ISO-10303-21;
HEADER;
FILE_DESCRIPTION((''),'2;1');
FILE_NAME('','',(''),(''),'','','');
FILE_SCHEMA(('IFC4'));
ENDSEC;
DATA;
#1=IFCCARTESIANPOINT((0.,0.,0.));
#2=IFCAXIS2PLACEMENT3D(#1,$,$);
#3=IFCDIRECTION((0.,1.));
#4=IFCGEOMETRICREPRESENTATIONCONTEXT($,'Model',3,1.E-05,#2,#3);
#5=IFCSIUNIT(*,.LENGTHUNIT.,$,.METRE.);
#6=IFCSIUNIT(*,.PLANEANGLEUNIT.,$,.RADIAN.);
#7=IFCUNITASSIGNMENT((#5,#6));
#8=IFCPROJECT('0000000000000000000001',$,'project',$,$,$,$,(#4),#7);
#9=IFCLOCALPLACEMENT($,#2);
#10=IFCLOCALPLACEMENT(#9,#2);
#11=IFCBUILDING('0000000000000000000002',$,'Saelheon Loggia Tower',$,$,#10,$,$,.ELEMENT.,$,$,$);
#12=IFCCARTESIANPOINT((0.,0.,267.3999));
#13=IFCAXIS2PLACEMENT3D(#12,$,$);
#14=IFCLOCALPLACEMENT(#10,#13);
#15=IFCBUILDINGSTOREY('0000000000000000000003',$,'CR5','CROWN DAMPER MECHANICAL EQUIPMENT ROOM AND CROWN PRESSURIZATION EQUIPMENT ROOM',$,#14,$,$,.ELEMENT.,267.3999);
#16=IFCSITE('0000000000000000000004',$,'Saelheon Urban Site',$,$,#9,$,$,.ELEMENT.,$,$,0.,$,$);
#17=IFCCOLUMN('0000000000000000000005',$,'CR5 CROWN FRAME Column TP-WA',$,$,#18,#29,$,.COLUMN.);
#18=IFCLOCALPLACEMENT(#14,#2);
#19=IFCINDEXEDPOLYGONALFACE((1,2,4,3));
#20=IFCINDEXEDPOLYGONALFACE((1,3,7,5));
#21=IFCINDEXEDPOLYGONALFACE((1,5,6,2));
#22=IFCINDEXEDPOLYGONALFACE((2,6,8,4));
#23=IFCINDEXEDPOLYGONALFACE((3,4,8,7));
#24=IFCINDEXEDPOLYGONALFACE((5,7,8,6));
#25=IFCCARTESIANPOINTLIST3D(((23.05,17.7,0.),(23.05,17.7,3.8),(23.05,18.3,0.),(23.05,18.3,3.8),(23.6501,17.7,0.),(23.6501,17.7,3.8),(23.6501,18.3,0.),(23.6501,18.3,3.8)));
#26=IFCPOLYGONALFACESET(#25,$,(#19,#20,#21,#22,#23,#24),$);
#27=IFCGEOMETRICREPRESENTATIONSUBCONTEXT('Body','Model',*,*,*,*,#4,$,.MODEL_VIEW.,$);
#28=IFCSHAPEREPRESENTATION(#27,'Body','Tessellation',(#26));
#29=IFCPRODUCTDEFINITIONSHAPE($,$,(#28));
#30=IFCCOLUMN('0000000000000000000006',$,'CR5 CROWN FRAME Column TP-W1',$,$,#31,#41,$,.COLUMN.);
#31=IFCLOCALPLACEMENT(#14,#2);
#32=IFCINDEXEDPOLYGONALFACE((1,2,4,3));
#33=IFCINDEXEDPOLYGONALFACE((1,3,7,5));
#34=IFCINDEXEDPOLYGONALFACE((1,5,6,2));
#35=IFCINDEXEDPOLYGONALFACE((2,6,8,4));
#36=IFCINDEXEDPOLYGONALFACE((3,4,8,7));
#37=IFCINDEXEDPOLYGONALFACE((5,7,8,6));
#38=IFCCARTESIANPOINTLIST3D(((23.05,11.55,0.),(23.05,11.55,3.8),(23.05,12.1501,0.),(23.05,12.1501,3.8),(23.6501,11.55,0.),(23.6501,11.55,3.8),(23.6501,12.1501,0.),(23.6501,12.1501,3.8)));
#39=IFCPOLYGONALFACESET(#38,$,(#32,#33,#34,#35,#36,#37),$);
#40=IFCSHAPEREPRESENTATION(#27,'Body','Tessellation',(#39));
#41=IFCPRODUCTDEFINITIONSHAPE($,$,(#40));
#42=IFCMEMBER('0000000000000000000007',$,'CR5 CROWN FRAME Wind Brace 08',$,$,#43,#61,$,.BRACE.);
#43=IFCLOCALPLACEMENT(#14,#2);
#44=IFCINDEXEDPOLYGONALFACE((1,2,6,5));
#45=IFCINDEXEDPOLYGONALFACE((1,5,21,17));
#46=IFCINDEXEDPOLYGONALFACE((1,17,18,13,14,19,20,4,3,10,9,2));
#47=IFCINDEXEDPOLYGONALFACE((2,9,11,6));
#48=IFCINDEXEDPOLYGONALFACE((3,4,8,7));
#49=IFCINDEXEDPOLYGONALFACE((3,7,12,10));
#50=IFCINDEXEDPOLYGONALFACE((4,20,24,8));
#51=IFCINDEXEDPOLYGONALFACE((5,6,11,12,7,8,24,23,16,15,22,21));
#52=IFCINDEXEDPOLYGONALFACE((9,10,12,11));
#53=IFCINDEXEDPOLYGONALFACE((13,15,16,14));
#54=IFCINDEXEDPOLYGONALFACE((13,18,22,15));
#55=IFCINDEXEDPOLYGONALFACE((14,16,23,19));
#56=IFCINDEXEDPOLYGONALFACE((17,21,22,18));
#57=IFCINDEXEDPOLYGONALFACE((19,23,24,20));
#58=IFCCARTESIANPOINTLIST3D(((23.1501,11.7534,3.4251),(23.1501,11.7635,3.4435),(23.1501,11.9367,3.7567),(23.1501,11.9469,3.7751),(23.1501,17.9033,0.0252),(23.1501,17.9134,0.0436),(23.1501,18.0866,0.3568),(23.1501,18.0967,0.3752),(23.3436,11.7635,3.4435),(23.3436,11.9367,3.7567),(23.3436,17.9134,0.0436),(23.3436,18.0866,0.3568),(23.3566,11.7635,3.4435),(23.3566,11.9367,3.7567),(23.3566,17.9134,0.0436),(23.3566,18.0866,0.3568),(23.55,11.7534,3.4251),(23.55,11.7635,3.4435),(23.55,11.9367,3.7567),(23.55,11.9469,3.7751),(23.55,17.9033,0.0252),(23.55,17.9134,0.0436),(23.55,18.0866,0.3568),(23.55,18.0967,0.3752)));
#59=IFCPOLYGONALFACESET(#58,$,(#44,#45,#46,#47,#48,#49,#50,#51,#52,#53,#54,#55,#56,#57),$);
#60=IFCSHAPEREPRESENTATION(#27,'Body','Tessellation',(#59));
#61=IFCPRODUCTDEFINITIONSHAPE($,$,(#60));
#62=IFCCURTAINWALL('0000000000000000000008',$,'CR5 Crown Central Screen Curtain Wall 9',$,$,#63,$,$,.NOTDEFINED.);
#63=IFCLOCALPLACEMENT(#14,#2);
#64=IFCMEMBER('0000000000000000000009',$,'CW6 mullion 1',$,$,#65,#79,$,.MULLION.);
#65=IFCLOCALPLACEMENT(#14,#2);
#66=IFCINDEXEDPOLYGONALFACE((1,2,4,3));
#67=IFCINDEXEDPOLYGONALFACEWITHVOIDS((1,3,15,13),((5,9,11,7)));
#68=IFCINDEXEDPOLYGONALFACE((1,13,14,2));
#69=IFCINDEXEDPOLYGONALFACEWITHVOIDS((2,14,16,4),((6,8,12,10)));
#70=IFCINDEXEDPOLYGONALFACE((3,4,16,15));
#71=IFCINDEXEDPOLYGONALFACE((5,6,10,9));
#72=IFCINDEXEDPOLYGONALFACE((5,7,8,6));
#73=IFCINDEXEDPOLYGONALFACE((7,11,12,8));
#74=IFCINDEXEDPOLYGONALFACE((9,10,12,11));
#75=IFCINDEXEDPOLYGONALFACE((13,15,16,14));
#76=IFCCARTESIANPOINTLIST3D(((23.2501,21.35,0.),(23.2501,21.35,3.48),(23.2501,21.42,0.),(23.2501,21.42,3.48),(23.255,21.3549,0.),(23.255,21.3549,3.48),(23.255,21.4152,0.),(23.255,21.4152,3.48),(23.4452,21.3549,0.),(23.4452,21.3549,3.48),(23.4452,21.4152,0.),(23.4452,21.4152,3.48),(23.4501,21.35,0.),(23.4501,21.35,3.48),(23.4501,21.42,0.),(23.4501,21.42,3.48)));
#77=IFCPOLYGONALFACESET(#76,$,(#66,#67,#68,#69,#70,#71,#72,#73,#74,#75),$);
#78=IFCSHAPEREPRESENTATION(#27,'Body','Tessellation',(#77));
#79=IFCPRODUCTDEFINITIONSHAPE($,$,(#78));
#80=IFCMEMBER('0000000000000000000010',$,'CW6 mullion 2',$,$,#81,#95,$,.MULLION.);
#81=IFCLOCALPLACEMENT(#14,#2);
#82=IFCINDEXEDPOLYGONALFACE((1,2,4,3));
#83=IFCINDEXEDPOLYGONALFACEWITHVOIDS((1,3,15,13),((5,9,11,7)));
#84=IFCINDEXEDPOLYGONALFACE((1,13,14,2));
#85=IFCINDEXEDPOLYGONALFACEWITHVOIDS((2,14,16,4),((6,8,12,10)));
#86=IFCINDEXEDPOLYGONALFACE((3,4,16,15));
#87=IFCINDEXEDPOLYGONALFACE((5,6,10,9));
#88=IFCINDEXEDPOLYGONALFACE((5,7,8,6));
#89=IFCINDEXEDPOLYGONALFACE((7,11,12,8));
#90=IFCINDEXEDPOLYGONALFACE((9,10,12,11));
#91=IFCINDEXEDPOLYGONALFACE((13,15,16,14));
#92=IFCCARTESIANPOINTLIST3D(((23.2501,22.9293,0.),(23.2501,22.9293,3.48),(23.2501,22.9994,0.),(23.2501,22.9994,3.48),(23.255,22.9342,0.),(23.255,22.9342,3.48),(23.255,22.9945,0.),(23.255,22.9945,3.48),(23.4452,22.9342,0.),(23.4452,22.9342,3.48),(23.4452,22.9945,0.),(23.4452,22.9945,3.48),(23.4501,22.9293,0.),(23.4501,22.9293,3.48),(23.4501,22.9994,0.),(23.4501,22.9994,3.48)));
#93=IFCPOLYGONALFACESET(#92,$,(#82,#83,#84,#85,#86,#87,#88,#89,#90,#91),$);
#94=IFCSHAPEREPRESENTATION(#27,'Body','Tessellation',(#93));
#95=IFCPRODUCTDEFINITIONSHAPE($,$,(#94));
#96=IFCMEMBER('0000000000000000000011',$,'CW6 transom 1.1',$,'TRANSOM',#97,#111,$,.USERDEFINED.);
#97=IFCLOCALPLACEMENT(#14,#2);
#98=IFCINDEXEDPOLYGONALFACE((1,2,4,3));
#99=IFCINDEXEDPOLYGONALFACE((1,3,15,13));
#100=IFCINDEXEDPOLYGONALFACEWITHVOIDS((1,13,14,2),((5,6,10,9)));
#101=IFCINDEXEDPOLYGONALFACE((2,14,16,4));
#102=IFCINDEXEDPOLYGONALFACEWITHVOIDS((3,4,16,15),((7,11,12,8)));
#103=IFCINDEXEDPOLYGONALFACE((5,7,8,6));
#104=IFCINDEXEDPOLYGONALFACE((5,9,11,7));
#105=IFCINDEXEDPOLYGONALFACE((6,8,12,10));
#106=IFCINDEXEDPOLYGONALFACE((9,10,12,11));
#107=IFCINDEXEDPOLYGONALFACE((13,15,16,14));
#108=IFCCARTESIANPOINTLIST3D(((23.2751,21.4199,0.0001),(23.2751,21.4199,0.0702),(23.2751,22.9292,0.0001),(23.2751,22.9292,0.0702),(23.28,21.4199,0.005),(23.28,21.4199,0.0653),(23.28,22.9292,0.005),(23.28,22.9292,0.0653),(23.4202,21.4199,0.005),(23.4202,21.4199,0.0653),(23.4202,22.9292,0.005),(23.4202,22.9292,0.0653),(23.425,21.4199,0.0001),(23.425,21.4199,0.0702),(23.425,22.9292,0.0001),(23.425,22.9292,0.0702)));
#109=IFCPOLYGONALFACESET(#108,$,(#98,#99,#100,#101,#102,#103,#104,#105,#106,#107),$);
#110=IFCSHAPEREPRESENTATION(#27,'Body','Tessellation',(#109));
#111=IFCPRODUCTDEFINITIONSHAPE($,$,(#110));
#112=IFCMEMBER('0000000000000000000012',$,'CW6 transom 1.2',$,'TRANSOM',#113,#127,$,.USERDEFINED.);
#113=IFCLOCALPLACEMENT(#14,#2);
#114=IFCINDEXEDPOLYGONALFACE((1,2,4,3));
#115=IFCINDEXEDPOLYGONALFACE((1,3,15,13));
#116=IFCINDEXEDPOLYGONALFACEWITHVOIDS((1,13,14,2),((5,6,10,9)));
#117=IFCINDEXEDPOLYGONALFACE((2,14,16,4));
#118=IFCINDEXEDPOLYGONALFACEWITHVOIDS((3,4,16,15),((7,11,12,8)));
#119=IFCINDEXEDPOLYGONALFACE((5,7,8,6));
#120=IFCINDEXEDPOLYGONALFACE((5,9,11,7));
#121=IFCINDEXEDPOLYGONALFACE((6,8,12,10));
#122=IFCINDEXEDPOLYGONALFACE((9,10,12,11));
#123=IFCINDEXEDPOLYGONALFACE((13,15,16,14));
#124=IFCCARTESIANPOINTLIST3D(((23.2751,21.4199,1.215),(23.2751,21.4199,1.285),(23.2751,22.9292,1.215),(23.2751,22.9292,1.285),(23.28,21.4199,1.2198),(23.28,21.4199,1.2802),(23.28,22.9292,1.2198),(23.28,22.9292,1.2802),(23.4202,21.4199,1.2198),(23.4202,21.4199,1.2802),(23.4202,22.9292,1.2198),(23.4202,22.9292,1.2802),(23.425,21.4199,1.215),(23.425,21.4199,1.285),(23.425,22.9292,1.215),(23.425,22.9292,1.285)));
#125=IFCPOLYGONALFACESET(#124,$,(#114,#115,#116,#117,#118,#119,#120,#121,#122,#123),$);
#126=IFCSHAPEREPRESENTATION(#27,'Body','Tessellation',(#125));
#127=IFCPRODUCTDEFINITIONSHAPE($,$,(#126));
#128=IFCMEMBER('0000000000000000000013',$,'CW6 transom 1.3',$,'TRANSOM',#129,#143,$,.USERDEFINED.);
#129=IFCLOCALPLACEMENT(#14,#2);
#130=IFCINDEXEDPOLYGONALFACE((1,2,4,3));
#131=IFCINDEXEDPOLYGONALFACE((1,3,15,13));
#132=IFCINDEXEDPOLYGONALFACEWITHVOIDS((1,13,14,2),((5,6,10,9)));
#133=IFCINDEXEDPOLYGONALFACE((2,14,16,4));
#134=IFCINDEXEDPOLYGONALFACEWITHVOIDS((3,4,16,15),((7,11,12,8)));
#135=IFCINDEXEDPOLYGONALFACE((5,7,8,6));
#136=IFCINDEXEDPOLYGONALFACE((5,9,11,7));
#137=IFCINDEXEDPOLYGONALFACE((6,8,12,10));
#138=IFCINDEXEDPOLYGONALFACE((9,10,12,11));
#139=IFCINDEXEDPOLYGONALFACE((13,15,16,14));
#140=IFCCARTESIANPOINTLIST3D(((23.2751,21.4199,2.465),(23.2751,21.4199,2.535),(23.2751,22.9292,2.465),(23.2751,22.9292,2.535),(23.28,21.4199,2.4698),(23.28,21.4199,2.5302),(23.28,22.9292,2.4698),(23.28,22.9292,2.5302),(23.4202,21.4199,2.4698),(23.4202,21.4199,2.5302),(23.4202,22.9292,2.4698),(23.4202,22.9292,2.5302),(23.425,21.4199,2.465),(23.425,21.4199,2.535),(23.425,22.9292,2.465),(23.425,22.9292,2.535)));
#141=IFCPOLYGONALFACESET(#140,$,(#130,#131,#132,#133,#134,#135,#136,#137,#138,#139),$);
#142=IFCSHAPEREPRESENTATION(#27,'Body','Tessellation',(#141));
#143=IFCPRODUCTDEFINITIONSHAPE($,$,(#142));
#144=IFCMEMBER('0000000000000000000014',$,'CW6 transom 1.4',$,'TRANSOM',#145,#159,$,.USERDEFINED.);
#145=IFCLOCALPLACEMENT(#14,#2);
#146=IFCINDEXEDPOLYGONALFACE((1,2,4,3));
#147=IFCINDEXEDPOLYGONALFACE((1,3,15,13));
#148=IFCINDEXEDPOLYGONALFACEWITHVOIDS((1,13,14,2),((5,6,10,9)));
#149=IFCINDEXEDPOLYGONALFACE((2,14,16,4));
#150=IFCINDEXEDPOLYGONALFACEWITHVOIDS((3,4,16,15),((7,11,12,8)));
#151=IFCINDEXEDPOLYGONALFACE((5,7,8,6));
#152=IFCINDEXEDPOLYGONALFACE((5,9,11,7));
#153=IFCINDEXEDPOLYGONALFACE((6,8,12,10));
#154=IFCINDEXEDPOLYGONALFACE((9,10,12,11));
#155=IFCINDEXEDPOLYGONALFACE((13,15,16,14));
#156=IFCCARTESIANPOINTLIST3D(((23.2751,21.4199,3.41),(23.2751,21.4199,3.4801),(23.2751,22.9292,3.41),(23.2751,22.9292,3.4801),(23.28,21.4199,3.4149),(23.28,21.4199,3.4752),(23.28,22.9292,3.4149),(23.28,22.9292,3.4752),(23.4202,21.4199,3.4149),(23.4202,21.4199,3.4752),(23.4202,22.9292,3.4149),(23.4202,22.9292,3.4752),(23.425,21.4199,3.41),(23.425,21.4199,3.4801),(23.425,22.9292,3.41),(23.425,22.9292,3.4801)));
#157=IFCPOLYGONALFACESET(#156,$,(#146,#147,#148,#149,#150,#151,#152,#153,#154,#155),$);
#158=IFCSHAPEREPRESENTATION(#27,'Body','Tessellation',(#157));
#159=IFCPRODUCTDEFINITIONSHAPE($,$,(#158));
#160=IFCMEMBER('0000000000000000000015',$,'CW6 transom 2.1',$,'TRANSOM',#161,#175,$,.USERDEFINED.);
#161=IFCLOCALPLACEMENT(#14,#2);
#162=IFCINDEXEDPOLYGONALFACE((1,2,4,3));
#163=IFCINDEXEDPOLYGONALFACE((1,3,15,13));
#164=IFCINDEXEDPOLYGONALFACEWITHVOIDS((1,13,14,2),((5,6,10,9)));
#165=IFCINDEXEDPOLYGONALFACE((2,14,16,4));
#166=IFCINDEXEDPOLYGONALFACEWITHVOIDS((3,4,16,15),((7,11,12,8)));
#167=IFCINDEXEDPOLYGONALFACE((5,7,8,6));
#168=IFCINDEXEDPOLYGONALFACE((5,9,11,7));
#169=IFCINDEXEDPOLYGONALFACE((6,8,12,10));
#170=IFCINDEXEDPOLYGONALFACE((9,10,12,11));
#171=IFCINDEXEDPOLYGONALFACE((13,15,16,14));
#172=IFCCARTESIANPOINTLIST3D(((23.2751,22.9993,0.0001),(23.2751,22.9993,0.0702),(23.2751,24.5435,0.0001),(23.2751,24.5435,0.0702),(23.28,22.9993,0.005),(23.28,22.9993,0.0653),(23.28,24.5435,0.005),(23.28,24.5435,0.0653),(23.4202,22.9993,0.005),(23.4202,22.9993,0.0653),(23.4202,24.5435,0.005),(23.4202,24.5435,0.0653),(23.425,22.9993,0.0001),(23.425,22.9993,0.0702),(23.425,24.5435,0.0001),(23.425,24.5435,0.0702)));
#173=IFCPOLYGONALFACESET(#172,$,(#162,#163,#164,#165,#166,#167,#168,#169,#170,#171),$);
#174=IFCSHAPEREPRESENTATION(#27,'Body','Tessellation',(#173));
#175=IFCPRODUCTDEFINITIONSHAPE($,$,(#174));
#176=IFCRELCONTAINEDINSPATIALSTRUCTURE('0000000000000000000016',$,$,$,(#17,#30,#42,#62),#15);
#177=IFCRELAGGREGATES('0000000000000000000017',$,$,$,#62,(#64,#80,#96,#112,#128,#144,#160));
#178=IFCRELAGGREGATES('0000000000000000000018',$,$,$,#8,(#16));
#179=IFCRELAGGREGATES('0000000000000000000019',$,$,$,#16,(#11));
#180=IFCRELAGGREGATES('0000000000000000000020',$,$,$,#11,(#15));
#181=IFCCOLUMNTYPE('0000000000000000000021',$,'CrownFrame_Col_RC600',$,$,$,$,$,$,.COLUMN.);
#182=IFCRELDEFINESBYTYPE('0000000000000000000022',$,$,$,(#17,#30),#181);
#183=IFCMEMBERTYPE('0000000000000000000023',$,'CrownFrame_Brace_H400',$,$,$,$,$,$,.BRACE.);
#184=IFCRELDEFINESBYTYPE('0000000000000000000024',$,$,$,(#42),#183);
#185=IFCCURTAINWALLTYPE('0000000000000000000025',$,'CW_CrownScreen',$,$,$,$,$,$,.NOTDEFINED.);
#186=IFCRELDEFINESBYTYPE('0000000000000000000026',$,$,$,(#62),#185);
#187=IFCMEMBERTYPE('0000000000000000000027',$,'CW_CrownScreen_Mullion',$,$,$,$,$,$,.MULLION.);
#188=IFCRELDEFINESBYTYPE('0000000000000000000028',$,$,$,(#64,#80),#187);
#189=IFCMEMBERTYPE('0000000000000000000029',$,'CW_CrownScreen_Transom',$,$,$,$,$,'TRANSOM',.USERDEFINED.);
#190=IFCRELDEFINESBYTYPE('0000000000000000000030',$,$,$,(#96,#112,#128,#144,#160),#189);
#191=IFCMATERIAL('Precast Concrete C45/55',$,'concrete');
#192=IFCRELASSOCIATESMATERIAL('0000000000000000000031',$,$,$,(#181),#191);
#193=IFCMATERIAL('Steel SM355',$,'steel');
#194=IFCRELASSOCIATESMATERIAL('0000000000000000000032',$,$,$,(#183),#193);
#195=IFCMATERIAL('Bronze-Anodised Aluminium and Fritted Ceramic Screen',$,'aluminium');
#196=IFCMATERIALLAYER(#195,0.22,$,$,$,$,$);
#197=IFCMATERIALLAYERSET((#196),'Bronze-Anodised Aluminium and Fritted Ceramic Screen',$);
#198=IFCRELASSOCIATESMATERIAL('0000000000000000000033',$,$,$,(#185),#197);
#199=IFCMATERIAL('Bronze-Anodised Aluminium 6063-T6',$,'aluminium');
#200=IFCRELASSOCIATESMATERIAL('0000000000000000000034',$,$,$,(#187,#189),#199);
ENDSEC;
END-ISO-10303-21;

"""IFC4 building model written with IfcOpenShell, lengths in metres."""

from ifc_helpers import new_model, si_unit, direction, frame, origin, origin_2d, place, context, subcontext, project, spatial, rectangle, hollow_rectangle, i_section, extrude, source, transform, mapped, material, layer, layer_set, material_profile, profile_set, type_object, element, aggregate, save


model = new_model("IFC4")

# Units and contexts
model_context = context("Model", 3, precision=1e-05, world=origin(), true_north=direction((0.0, 1.0)))
body_context = subcontext(model_context, "Body", "Model", "MODEL_VIEW")
ifc_project = project(units=[si_unit("LENGTHUNIT", "METRE"), si_unit("PLANEANGLEUNIT", "RADIAN")], contexts=[model_context])

# Site, building, storey
site_placement = place(None, origin())
site = spatial("IfcSite", under=ifc_project, at=site_placement, Name="Saelheon Urban Site", CompositionType="ELEMENT", RefElevation=0.0)
building_placement = place(site_placement, origin())
building = spatial("IfcBuilding", under=site, at=building_placement, Name="Saelheon Loggia Tower", CompositionType="ELEMENT")
storey_placement = place(building_placement, frame((0.0, 0.0, 267.3999)))
storey = spatial("IfcBuildingStorey", under=building, at=storey_placement, Name="CR5", Description="CROWN DAMPER MECHANICAL EQUIPMENT ROOM AND CROWN PRESSURIZATION EQUIPMENT ROOM", CompositionType="ELEMENT", Elevation=267.3999)

# Columns
ifc_material_1 = material(Name="Precast Concrete C45/55", Category="concrete")
ifc_material_profile_1 = material_profile(ifc_material_1, rectangle(XDim=0.6001, YDim=0.6001, at=origin_2d()), Name="RC-600x600")
ifc_profile_set_1 = profile_set([ifc_material_profile_1], Name="Precast Concrete C45/55")
column_type = type_object("IfcColumnType", Name="CrownFrame_Col_RC600", PredefinedType="COLUMN", material=ifc_profile_set_1)
shared_shape_1 = source(origin(), body_context, "Body", "SweptSolid", [
    extrude(rectangle(XDim=0.6001, YDim=0.6001, at=origin_2d()), origin(), (0.0, 0.0, 1.0), 3.8),
])
for number, where, z_axis, x_axis, name in (
    (1, (23.3501, 18.0, 0.0), (0.0, 0.0, 1.0), (1.0, 0.0, 0.0), "CR5 CROWN FRAME Column TP-WA"),
    (2, (23.3501, 11.8501, 0.0), (0.0, 0.0, 1.0), (1.0, 0.0, 0.0), "CR5 CROWN FRAME Column TP-W1"),
):
    element("IfcColumn", number, at=place(storey_placement, frame(where, z_axis=z_axis, x_axis=x_axis)), inside=storey, type_object=column_type, Name=name, PredefinedType="COLUMN", context=body_context, shape_type="MappedRepresentation", body=[
        mapped(shared_shape_1, transform((0.0, 0.0, 0.0), scale=1.0)),
    ])

# Member
ifc_material_2 = material(Name="Steel SM355", Category="steel")
ifc_material_profile_2 = material_profile(ifc_material_2, i_section(OverallWidth=0.3999, OverallDepth=0.3999, WebThickness=0.0129, FlangeThickness=0.021, at=origin_2d()), Name="H-400x400x13x21")
ifc_profile_set_2 = profile_set([ifc_material_profile_2], Name="Steel SM355")
member_type_1 = type_object("IfcMemberType", Name="CrownFrame_Brace_H400", PredefinedType="BRACE", material=ifc_profile_set_2)
shared_shape_2 = source(origin(), body_context, "Body", "SweptSolid", [
    extrude(i_section(OverallWidth=0.3999, OverallDepth=0.3999, WebThickness=0.0129, FlangeThickness=0.021, at=origin_2d()), origin(), (0.0, 0.0, 1.0), 7.0271),
])
member_1_placement = place(storey_placement, frame((23.3501, 18.0, 0.2002), z_axis=(0.0, -0.875165, 0.483825), x_axis=(1.0, 0.0, 0.0)))
element("IfcMember", 3, at=member_1_placement, inside=storey, type_object=member_type_1, Name="CR5 CROWN FRAME Wind Brace 08", PredefinedType="BRACE", context=body_context, shape_type="MappedRepresentation", body=[
    mapped(shared_shape_2, transform((0.0, 0.0, 0.0), scale=1.0)),
])

# Curtain wall, members
ifc_material_3 = material(Name="Bronze-Anodised Aluminium and Fritted Ceramic Screen", Category="aluminium")
ifc_layer_1 = layer(ifc_material_3, 0.22)
ifc_layer_set_1 = layer_set([ifc_layer_1], Name="Bronze-Anodised Aluminium and Fritted Ceramic Screen")
curtain_wall_type = type_object("IfcCurtainWallType", Name="CW_CrownScreen", PredefinedType="NOTDEFINED", material=ifc_layer_set_1)
curtain_wall_placement = place(storey_placement, origin())
curtain_wall = element("IfcCurtainWall", 4, at=curtain_wall_placement, inside=storey, type_object=curtain_wall_type, Name="CR5 Crown Central Screen Curtain Wall 9", PredefinedType="NOTDEFINED")
ifc_material_4 = material(Name="Bronze-Anodised Aluminium 6063-T6", Category="aluminium")
ifc_material_profile_3 = material_profile(ifc_material_4, hollow_rectangle(XDim=0.0701, YDim=0.2, WallThickness=0.0049, at=origin_2d()), Name="RHS-200x70x5")
ifc_profile_set_3 = profile_set([ifc_material_profile_3], Name="Bronze-Anodised Aluminium 6063-T6")
member_type_2 = type_object("IfcMemberType", Name="CW_CrownScreen_Mullion", PredefinedType="MULLION", material=ifc_profile_set_3)
shared_shape_3 = source(origin(), body_context, "Body", "SweptSolid", [
    extrude(hollow_rectangle(XDim=0.0701, YDim=0.2, WallThickness=0.0049, at=origin_2d()), origin(), (0.0, 0.0, 1.0), 3.48),
])
member_2_placement = place(storey_placement, frame((23.3501, 21.385, 0.0), z_axis=(0.0, 0.0, 1.0), x_axis=(0.0, 1.0, 0.0)))
member_2 = element("IfcMember", 5, at=member_2_placement, type_object=member_type_2, Name="CW6 mullion 1", PredefinedType="MULLION", context=body_context, shape_type="MappedRepresentation", body=[
    mapped(shared_shape_3, transform((0.0, 0.0, 0.0), scale=1.0)),
])
member_3_placement = place(storey_placement, frame((23.3501, 22.9644, 0.0), z_axis=(0.0, 0.0, 1.0), x_axis=(0.0, 1.0, 0.0)))
member_3 = element("IfcMember", 6, at=member_3_placement, type_object=member_type_2, Name="CW6 mullion 2", PredefinedType="MULLION", context=body_context, shape_type="MappedRepresentation", body=[
    mapped(shared_shape_3, transform((0.0, 0.0, 0.0), scale=1.0)),
])
ifc_material_profile_4 = material_profile(ifc_material_4, hollow_rectangle(XDim=0.0701, YDim=0.1499, WallThickness=0.0049, at=origin_2d()), Name="RHS-150x70x5")
ifc_profile_set_4 = profile_set([ifc_material_profile_4], Name="Bronze-Anodised Aluminium 6063-T6")
member_type_3 = type_object("IfcMemberType", Name="CW_CrownScreen_Transom", ElementType="TRANSOM", PredefinedType="USERDEFINED", material=ifc_profile_set_4)
shared_shape_4 = source(origin(), body_context, "Body", "SweptSolid", [
    extrude(hollow_rectangle(XDim=0.0701, YDim=0.1499, WallThickness=0.0049, at=origin_2d()), origin(), (0.0, 0.0, 1.0), 1.5093),
])
member_4_placement = place(storey_placement, frame((23.3501, 21.4199, 0.0352), z_axis=(0.0, 1.0, 0.0), x_axis=(0.0, 0.0, 1.0)))
member_4 = element("IfcMember", 7, at=member_4_placement, type_object=member_type_3, Name="CW6 transom 1.1", ObjectType="TRANSOM", PredefinedType="USERDEFINED", context=body_context, shape_type="MappedRepresentation", body=[
    mapped(shared_shape_4, transform((0.0, 0.0, 0.0), scale=1.0)),
])
member_5_placement = place(storey_placement, frame((23.3501, 21.4199, 1.25), z_axis=(0.0, 1.0, 0.0), x_axis=(0.0, 0.0, 1.0)))
member_5 = element("IfcMember", 8, at=member_5_placement, type_object=member_type_3, Name="CW6 transom 1.2", ObjectType="TRANSOM", PredefinedType="USERDEFINED", context=body_context, shape_type="MappedRepresentation", body=[
    mapped(shared_shape_4, transform((0.0, 0.0, 0.0), scale=1.0)),
])
member_6_placement = place(storey_placement, frame((23.3501, 21.4199, 2.5), z_axis=(0.0, 1.0, 0.0), x_axis=(0.0, 0.0, 1.0)))
member_6 = element("IfcMember", 9, at=member_6_placement, type_object=member_type_3, Name="CW6 transom 1.3", ObjectType="TRANSOM", PredefinedType="USERDEFINED", context=body_context, shape_type="MappedRepresentation", body=[
    mapped(shared_shape_4, transform((0.0, 0.0, 0.0), scale=1.0)),
])
member_7_placement = place(storey_placement, frame((23.3501, 21.4199, 3.4451), z_axis=(0.0, 1.0, 0.0), x_axis=(0.0, 0.0, 1.0)))
member_7 = element("IfcMember", 10, at=member_7_placement, type_object=member_type_3, Name="CW6 transom 1.4", ObjectType="TRANSOM", PredefinedType="USERDEFINED", context=body_context, shape_type="MappedRepresentation", body=[
    mapped(shared_shape_4, transform((0.0, 0.0, 0.0), scale=1.0)),
])
shared_shape_5 = source(origin(), body_context, "Body", "SweptSolid", [
    extrude(hollow_rectangle(XDim=0.0701, YDim=0.1499, WallThickness=0.0049, at=origin_2d()), origin(), (0.0, 0.0, 1.0), 1.5442),
])
member_8_placement = place(storey_placement, frame((23.3501, 22.9993, 0.0352), z_axis=(0.0, 1.0, 0.0), x_axis=(0.0, 0.0, 1.0)))
member_8 = element("IfcMember", 11, at=member_8_placement, type_object=member_type_3, Name="CW6 transom 2.1", ObjectType="TRANSOM", PredefinedType="USERDEFINED", context=body_context, shape_type="MappedRepresentation", body=[
    mapped(shared_shape_5, transform((0.0, 0.0, 0.0), scale=1.0)),
])

aggregate(curtain_wall, [member_2, member_3, member_4, member_5, member_6, member_7, member_8])

save(model, "model.ifc")
